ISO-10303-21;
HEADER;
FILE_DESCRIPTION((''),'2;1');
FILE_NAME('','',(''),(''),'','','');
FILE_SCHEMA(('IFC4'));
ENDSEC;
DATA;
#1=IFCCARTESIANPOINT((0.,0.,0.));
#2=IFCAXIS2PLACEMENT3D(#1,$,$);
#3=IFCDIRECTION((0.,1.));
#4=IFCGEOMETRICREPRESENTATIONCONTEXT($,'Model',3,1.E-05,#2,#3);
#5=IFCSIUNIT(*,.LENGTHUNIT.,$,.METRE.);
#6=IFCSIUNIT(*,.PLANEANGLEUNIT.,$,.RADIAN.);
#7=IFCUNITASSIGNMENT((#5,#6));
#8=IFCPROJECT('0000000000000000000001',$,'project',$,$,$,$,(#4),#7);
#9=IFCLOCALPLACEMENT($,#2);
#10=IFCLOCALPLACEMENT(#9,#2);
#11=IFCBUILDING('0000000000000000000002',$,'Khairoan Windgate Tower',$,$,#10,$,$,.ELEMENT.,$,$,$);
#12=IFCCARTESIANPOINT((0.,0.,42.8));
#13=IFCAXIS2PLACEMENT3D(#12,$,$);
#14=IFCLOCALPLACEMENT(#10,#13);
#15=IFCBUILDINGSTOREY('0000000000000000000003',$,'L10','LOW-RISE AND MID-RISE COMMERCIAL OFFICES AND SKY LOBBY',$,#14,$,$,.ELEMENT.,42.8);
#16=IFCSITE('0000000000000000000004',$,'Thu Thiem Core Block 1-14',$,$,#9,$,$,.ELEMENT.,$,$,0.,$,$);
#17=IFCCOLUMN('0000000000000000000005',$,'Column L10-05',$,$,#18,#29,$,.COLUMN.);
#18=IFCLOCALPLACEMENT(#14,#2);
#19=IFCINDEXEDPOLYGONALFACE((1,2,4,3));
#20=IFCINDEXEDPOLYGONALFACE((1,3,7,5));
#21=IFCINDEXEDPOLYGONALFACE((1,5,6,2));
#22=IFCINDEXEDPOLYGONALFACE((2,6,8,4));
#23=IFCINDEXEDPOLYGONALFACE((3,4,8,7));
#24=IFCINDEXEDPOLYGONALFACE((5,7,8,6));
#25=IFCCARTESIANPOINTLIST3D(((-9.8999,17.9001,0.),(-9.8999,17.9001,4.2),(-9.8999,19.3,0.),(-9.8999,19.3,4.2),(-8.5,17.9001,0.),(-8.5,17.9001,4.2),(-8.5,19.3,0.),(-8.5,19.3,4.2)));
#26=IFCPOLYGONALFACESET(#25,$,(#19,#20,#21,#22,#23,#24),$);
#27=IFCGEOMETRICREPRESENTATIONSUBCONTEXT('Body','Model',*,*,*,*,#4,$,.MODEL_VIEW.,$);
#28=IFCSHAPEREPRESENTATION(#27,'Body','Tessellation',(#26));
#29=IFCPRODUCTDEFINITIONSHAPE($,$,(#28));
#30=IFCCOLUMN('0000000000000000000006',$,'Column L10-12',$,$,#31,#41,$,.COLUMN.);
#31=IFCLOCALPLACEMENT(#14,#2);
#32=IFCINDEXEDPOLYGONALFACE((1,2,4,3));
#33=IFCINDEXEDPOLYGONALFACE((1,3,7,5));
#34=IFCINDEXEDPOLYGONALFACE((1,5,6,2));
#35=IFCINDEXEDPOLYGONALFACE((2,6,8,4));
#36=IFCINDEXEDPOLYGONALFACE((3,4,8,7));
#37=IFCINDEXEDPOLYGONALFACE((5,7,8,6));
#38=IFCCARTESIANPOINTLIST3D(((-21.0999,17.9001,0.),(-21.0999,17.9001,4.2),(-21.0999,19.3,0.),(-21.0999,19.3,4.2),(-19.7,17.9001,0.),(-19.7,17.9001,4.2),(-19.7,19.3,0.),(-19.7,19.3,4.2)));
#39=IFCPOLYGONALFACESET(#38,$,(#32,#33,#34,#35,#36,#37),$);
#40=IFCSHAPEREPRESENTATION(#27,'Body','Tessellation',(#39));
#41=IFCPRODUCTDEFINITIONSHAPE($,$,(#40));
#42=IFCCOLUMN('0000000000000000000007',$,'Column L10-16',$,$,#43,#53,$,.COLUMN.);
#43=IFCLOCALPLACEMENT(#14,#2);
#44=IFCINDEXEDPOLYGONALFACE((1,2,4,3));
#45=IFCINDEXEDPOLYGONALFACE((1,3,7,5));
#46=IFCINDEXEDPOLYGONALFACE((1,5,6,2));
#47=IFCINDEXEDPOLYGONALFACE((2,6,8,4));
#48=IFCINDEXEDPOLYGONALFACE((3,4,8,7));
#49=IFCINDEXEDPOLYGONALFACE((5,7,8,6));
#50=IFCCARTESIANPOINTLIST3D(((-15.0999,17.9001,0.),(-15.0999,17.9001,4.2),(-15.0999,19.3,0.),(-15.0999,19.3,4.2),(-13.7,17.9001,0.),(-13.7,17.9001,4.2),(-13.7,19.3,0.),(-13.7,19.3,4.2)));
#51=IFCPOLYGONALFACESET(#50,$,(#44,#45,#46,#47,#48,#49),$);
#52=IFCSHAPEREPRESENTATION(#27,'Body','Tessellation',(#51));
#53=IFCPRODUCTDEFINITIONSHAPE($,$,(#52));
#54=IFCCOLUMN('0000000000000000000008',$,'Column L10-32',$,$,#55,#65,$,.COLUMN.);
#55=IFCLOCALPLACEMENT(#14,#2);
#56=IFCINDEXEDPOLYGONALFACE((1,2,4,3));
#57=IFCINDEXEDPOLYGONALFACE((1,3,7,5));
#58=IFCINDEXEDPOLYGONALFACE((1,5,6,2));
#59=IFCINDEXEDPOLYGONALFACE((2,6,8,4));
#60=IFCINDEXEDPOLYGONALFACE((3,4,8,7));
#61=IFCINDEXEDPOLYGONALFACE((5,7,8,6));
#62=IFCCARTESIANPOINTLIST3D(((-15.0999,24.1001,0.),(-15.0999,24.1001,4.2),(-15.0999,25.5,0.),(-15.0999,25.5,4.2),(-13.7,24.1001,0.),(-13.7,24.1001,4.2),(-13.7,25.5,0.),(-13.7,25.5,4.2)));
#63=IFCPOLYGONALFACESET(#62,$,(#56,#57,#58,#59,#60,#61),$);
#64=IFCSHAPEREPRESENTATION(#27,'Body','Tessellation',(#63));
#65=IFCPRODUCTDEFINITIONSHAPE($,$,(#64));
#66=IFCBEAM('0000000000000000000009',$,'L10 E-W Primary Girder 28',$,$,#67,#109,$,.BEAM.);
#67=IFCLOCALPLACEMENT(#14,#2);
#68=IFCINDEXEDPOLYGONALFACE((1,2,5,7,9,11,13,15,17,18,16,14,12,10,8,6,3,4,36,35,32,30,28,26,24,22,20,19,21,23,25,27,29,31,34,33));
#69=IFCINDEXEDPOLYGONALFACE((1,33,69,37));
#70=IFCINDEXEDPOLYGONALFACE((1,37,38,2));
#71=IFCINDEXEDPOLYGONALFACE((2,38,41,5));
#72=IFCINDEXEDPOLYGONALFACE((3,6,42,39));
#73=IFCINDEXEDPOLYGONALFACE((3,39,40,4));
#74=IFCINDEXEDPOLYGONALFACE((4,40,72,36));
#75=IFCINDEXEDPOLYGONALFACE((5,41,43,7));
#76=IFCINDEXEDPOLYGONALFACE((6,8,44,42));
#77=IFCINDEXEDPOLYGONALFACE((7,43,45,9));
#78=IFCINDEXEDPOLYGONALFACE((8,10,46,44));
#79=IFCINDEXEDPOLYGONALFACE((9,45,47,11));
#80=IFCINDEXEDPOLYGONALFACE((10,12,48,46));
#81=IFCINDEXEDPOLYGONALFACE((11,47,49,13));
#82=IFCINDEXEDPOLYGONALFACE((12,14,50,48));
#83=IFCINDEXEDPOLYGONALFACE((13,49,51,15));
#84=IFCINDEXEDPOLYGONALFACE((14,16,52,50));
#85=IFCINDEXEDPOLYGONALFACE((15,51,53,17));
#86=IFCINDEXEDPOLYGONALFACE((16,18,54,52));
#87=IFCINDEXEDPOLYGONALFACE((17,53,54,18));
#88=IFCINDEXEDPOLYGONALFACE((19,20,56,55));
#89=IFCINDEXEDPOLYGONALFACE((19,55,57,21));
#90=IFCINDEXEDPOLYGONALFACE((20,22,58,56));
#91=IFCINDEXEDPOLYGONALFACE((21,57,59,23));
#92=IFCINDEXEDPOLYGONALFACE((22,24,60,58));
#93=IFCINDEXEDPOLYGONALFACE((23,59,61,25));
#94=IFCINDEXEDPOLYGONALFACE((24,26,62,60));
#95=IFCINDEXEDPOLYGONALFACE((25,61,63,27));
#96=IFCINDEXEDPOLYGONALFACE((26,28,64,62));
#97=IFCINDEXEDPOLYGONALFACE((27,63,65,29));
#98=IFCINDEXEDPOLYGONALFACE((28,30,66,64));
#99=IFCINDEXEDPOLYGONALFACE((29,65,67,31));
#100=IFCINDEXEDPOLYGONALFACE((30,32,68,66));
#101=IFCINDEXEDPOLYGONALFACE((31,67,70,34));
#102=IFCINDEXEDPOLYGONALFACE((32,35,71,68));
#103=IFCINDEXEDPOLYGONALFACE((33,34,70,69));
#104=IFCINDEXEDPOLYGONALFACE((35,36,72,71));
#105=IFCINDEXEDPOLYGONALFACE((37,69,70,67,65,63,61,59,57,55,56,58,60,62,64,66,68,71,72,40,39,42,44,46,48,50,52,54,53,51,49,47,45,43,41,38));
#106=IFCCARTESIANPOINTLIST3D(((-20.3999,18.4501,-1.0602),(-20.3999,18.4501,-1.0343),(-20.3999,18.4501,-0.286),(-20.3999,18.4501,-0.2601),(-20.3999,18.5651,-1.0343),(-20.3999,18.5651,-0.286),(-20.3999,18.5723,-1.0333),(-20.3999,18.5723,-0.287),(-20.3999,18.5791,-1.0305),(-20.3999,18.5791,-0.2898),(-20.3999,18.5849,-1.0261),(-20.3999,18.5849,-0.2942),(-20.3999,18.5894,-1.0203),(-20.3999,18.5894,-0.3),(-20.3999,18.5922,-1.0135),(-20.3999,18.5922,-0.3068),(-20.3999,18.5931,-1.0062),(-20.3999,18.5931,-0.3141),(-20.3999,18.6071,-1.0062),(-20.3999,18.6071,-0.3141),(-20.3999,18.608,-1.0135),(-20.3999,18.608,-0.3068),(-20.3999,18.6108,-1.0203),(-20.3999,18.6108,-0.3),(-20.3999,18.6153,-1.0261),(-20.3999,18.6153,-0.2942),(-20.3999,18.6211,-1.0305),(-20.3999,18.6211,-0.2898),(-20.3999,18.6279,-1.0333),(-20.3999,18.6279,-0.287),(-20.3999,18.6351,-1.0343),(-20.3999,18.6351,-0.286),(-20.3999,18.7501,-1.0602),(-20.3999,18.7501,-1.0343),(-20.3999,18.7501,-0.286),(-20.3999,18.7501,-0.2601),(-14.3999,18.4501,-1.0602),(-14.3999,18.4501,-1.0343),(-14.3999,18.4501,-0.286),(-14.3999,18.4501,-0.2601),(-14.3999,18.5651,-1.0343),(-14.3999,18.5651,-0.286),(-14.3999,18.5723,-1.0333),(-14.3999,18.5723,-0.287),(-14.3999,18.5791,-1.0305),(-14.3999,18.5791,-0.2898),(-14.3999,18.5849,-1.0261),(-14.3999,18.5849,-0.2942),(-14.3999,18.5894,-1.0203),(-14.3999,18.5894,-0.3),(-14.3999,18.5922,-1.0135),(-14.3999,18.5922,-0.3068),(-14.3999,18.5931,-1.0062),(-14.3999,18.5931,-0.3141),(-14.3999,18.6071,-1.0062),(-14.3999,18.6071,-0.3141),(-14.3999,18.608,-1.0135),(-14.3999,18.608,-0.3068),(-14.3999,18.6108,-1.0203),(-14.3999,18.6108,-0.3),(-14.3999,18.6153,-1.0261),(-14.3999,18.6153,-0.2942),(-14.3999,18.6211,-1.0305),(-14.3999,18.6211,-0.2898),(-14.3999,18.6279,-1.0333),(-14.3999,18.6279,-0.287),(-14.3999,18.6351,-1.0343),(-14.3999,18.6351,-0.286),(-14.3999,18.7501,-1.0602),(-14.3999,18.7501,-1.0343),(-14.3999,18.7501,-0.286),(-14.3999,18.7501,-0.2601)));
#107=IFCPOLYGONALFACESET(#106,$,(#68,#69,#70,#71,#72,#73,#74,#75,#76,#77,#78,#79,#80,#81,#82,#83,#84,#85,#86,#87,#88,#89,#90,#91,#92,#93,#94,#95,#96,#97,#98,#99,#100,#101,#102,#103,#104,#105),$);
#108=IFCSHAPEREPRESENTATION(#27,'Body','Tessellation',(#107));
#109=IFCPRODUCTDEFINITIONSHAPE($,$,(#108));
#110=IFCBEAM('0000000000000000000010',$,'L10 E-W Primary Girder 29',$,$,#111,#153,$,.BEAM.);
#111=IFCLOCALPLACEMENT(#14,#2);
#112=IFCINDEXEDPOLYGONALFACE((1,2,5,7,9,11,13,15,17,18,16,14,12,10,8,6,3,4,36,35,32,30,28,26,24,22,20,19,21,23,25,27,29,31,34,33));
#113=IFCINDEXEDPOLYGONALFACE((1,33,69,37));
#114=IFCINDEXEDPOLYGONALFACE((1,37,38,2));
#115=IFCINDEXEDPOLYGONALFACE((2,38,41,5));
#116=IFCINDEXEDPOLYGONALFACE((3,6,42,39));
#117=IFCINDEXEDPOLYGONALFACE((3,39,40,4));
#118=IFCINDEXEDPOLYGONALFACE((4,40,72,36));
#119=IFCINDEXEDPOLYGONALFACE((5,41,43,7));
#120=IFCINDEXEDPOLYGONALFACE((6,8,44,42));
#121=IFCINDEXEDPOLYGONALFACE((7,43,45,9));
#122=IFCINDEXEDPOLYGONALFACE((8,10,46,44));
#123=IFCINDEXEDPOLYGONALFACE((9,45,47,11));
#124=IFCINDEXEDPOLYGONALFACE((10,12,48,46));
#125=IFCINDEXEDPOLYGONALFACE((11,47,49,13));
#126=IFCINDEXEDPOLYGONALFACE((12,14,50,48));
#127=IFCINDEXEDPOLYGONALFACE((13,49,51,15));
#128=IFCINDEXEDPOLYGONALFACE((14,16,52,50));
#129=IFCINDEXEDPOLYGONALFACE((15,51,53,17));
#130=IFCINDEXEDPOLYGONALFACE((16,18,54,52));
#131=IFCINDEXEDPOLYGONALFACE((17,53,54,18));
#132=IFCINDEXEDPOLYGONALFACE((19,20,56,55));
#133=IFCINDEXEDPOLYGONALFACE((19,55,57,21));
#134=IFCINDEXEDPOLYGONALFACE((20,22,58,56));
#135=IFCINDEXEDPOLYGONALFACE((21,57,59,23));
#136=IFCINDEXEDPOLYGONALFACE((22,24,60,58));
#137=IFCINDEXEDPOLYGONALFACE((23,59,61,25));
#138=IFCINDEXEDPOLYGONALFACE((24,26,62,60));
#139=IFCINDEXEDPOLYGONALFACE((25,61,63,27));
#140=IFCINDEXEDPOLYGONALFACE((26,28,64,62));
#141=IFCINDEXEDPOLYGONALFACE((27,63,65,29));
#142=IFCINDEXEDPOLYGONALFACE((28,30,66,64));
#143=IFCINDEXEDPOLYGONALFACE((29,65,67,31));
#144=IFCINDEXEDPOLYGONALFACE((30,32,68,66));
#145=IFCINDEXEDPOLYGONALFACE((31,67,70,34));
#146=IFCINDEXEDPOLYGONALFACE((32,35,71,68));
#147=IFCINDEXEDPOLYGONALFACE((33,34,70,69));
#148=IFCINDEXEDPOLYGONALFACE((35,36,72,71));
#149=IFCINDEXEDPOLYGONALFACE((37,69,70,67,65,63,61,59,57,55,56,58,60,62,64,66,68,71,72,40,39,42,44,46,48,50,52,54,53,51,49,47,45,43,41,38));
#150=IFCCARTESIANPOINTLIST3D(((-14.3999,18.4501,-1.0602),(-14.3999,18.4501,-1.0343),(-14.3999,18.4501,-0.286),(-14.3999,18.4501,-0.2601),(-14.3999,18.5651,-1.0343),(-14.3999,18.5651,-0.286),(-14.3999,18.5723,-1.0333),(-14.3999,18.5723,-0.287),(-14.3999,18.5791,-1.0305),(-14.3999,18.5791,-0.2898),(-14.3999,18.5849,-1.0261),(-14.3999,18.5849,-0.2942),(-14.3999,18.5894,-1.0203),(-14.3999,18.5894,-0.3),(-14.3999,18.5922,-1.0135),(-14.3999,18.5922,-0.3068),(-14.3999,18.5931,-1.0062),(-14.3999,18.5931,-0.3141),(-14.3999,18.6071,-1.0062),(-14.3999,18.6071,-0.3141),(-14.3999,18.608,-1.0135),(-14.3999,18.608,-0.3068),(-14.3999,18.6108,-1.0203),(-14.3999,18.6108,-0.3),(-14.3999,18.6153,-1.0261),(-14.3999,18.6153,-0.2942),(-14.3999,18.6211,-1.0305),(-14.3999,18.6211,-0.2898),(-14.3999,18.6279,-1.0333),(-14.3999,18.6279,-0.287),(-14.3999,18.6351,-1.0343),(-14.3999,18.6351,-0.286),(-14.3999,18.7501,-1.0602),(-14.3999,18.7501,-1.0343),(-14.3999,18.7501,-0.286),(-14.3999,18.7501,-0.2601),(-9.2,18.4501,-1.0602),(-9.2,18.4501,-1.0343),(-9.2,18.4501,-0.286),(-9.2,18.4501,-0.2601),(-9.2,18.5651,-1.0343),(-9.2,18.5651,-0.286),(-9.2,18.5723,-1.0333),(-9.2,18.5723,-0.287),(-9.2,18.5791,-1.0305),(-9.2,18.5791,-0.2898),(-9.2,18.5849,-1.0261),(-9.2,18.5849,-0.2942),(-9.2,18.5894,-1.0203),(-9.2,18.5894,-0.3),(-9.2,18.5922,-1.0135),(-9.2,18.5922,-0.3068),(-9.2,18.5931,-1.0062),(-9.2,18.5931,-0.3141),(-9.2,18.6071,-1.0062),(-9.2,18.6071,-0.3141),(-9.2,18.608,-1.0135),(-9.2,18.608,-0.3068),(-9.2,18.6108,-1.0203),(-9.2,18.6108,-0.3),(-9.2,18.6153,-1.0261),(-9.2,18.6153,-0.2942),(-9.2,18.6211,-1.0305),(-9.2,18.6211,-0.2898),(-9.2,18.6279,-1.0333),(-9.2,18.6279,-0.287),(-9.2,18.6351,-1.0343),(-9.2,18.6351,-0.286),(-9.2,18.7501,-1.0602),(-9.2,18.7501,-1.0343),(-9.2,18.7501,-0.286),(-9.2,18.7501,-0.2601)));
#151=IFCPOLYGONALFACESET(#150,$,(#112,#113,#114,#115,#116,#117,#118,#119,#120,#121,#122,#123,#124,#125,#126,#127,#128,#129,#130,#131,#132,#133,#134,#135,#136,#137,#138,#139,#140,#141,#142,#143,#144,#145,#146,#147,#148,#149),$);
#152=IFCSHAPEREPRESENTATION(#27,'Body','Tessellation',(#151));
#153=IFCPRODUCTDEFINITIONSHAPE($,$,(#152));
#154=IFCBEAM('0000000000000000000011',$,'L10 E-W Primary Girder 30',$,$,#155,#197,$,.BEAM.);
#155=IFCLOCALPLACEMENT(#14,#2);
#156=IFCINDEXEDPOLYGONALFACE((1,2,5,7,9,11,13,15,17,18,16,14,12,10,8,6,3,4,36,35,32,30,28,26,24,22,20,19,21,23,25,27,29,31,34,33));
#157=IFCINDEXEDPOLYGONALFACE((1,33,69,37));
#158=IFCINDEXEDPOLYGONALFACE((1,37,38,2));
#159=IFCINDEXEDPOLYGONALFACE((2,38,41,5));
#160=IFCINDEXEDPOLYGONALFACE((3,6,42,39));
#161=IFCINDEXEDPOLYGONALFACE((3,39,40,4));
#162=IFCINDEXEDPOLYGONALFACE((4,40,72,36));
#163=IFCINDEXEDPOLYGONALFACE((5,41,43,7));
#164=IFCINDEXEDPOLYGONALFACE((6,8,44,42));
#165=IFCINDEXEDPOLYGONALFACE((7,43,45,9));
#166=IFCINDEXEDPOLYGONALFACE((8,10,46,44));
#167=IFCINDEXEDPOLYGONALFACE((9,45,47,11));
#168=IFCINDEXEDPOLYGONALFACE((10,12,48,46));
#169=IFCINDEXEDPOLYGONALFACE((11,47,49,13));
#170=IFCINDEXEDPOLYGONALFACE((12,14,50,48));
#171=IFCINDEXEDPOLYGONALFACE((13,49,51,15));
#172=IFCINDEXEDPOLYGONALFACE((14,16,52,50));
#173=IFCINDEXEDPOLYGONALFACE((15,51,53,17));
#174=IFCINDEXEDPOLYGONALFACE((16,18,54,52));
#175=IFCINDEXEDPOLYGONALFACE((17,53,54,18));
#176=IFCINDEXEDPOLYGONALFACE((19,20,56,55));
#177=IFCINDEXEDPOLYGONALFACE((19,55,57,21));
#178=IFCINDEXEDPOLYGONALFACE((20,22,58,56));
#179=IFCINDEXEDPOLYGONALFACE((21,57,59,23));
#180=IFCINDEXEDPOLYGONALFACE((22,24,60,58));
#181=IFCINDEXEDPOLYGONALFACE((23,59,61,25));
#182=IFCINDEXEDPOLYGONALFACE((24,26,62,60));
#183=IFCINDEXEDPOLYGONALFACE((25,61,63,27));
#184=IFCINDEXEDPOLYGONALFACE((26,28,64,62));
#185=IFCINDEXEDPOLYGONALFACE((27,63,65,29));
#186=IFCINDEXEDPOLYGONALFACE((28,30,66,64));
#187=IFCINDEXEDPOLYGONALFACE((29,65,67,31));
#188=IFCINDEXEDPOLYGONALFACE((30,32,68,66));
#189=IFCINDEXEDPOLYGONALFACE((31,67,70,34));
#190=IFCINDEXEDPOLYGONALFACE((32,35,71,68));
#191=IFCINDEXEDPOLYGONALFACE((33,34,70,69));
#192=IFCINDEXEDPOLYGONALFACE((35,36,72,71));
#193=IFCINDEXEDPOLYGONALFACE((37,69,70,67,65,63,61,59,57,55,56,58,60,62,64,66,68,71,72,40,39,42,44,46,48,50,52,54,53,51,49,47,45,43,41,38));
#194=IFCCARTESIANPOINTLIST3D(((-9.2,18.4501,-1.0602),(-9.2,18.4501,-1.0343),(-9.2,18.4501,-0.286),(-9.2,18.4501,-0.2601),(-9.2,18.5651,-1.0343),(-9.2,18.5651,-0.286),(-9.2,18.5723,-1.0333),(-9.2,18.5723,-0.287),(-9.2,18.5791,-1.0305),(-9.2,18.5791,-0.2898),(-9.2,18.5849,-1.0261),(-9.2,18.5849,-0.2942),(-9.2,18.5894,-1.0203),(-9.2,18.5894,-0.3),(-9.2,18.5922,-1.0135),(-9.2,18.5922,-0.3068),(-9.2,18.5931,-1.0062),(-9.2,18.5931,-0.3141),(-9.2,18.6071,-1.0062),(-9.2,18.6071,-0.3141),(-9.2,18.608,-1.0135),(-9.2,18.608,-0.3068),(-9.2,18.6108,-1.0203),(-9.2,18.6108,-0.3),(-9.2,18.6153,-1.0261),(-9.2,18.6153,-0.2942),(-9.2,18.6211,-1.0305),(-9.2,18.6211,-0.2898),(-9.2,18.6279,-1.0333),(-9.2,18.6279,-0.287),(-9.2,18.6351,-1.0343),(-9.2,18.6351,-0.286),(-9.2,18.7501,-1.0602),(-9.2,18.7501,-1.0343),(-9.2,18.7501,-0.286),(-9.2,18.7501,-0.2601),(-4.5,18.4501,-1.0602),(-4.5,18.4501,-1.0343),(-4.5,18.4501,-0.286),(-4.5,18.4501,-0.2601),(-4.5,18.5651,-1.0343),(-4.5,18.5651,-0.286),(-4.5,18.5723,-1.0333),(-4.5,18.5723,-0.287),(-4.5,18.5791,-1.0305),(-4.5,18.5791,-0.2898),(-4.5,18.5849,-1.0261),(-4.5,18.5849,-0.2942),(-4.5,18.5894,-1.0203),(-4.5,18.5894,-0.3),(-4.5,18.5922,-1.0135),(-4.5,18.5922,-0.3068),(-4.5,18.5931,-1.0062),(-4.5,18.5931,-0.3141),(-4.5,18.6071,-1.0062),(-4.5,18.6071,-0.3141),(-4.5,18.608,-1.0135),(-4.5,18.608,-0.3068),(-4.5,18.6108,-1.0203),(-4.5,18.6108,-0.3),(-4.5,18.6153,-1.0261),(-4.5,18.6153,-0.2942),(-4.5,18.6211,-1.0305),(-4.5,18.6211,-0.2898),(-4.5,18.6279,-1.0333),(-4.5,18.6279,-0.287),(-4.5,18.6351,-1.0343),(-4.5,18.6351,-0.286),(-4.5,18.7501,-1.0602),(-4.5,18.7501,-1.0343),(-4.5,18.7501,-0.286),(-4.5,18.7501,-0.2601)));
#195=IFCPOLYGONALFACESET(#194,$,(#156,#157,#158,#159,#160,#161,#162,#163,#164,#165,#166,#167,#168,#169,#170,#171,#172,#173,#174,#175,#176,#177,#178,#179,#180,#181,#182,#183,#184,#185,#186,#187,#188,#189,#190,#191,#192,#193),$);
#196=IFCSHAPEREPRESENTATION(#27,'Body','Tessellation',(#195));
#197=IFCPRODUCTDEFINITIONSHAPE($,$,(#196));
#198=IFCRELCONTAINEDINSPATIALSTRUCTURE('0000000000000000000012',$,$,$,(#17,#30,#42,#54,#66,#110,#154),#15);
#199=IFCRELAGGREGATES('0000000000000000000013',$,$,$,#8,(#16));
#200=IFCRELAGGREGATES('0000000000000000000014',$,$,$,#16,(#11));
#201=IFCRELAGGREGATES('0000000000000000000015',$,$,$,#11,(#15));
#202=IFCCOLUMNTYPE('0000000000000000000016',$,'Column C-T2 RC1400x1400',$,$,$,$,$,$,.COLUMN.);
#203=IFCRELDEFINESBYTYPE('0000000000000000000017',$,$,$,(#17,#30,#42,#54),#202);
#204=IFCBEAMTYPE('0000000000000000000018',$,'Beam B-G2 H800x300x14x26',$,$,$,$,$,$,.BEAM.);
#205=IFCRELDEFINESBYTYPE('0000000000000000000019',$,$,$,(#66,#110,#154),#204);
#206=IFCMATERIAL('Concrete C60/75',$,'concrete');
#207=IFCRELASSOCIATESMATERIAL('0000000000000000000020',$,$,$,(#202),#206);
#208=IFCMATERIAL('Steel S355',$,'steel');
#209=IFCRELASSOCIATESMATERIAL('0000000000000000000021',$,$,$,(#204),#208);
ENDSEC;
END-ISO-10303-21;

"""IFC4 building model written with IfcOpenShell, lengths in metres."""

from ifc_helpers import new_model, si_unit, direction, frame, origin, origin_2d, place, context, subcontext, project, spatial, rectangle, i_section, extrude, material, material_profile, profile_set, type_object, element, save


model = new_model("IFC4")

# Units and contexts
model_context = context("Model", 3, precision=1e-05, world=origin(), true_north=direction((0.0, 1.0)))
body_context = subcontext(model_context, "Body", "Model", "MODEL_VIEW")
ifc_project = project(units=[si_unit("LENGTHUNIT", "METRE"), si_unit("PLANEANGLEUNIT", "RADIAN")], contexts=[model_context])

# Site, building, storey
site_placement = place(None, origin())
site = spatial("IfcSite", under=ifc_project, at=site_placement, Name="Thu Thiem Core Block 1-14", CompositionType="ELEMENT", RefElevation=0.0)
building_placement = place(site_placement, origin())
building = spatial("IfcBuilding", under=site, at=building_placement, Name="Khairoan Windgate Tower", CompositionType="ELEMENT")
storey_placement = place(building_placement, frame((0.0, 0.0, 42.8)))
storey = spatial("IfcBuildingStorey", under=building, at=storey_placement, Name="L10", Description="LOW-RISE AND MID-RISE COMMERCIAL OFFICES AND SKY LOBBY", CompositionType="ELEMENT", Elevation=42.8)

# Columns
ifc_material_1 = material(Name="Concrete C60/75", Category="concrete")
ifc_material_profile_1 = material_profile(ifc_material_1, rectangle(XDim=1.3999, YDim=1.3999, at=origin_2d()))
ifc_profile_set_1 = profile_set([ifc_material_profile_1], Name="Concrete C60/75")
column_type = type_object("IfcColumnType", Name="Column C-T2 RC1400x1400", PredefinedType="COLUMN", material=ifc_profile_set_1)
for number, where, z_axis, x_axis, name in (
    (1, (-9.2, 18.6001, 0.0), (0.0, 0.0, 1.0), (1.0, 0.0, 0.0), "Column L10-05"),
    (2, (-20.3999, 18.6001, 0.0), (0.0, 0.0, 1.0), (1.0, 0.0, 0.0), "Column L10-12"),
    (3, (-14.3999, 18.6001, 0.0), (0.0, 0.0, 1.0), (1.0, 0.0, 0.0), "Column L10-16"),
    (4, (-14.3999, 24.8, 0.0), (0.0, 0.0, 1.0), (1.0, 0.0, 0.0), "Column L10-32"),
):
    element("IfcColumn", number, at=place(storey_placement, frame(where, z_axis=z_axis, x_axis=x_axis)), inside=storey, type_object=column_type, Name=name, PredefinedType="COLUMN", context=body_context, shape_type="SweptSolid", body=[
        extrude(rectangle(XDim=1.3999, YDim=1.3999, at=origin_2d()), origin(), (0.0, 0.0, 1.0), 4.2),
    ])

# Beams
ifc_material_2 = material(Name="Steel S355", Category="steel")
ifc_material_profile_2 = material_profile(ifc_material_2, i_section(OverallWidth=0.3, OverallDepth=0.8, WebThickness=0.0139, FlangeThickness=0.0259, FilletRadius=0.0281, at=origin_2d()))
ifc_profile_set_2 = profile_set([ifc_material_profile_2], Name="Steel S355")
beam_type = type_object("IfcBeamType", Name="Beam B-G2 H800x300x14x26", PredefinedType="BEAM", material=ifc_profile_set_2)
beam_1_placement = place(storey_placement, frame((-20.3999, 18.6001, -0.6602), z_axis=(1.0, 0.0, 0.0), x_axis=(0.0, 1.0, 0.0)))
element("IfcBeam", 5, at=beam_1_placement, inside=storey, type_object=beam_type, Name="L10 E-W Primary Girder 28", PredefinedType="BEAM", context=body_context, shape_type="SweptSolid", body=[
    extrude(i_section(OverallWidth=0.3, OverallDepth=0.8, WebThickness=0.0139, FlangeThickness=0.0259, FilletRadius=0.0281, at=origin_2d()), origin(), (0.0, 0.0, 1.0), 6.0),
])
beam_2_placement = place(storey_placement, frame((-14.3999, 18.6001, -0.6602), z_axis=(1.0, 0.0, 0.0), x_axis=(0.0, 1.0, 0.0)))
element("IfcBeam", 6, at=beam_2_placement, inside=storey, type_object=beam_type, Name="L10 E-W Primary Girder 29", PredefinedType="BEAM", context=body_context, shape_type="SweptSolid", body=[
    extrude(i_section(OverallWidth=0.3, OverallDepth=0.8, WebThickness=0.0139, FlangeThickness=0.0259, FilletRadius=0.0281, at=origin_2d()), origin(), (0.0, 0.0, 1.0), 5.2),
])
beam_3_placement = place(storey_placement, frame((-9.2, 18.6001, -0.6602), z_axis=(1.0, 0.0, 0.0), x_axis=(0.0, 1.0, 0.0)))
element("IfcBeam", 7, at=beam_3_placement, inside=storey, type_object=beam_type, Name="L10 E-W Primary Girder 30", PredefinedType="BEAM", context=body_context, shape_type="SweptSolid", body=[
    extrude(i_section(OverallWidth=0.3, OverallDepth=0.8, WebThickness=0.0139, FlangeThickness=0.0259, FilletRadius=0.0281, at=origin_2d()), origin(), (0.0, 0.0, 1.0), 4.7),
])

save(model, "model.ifc")
